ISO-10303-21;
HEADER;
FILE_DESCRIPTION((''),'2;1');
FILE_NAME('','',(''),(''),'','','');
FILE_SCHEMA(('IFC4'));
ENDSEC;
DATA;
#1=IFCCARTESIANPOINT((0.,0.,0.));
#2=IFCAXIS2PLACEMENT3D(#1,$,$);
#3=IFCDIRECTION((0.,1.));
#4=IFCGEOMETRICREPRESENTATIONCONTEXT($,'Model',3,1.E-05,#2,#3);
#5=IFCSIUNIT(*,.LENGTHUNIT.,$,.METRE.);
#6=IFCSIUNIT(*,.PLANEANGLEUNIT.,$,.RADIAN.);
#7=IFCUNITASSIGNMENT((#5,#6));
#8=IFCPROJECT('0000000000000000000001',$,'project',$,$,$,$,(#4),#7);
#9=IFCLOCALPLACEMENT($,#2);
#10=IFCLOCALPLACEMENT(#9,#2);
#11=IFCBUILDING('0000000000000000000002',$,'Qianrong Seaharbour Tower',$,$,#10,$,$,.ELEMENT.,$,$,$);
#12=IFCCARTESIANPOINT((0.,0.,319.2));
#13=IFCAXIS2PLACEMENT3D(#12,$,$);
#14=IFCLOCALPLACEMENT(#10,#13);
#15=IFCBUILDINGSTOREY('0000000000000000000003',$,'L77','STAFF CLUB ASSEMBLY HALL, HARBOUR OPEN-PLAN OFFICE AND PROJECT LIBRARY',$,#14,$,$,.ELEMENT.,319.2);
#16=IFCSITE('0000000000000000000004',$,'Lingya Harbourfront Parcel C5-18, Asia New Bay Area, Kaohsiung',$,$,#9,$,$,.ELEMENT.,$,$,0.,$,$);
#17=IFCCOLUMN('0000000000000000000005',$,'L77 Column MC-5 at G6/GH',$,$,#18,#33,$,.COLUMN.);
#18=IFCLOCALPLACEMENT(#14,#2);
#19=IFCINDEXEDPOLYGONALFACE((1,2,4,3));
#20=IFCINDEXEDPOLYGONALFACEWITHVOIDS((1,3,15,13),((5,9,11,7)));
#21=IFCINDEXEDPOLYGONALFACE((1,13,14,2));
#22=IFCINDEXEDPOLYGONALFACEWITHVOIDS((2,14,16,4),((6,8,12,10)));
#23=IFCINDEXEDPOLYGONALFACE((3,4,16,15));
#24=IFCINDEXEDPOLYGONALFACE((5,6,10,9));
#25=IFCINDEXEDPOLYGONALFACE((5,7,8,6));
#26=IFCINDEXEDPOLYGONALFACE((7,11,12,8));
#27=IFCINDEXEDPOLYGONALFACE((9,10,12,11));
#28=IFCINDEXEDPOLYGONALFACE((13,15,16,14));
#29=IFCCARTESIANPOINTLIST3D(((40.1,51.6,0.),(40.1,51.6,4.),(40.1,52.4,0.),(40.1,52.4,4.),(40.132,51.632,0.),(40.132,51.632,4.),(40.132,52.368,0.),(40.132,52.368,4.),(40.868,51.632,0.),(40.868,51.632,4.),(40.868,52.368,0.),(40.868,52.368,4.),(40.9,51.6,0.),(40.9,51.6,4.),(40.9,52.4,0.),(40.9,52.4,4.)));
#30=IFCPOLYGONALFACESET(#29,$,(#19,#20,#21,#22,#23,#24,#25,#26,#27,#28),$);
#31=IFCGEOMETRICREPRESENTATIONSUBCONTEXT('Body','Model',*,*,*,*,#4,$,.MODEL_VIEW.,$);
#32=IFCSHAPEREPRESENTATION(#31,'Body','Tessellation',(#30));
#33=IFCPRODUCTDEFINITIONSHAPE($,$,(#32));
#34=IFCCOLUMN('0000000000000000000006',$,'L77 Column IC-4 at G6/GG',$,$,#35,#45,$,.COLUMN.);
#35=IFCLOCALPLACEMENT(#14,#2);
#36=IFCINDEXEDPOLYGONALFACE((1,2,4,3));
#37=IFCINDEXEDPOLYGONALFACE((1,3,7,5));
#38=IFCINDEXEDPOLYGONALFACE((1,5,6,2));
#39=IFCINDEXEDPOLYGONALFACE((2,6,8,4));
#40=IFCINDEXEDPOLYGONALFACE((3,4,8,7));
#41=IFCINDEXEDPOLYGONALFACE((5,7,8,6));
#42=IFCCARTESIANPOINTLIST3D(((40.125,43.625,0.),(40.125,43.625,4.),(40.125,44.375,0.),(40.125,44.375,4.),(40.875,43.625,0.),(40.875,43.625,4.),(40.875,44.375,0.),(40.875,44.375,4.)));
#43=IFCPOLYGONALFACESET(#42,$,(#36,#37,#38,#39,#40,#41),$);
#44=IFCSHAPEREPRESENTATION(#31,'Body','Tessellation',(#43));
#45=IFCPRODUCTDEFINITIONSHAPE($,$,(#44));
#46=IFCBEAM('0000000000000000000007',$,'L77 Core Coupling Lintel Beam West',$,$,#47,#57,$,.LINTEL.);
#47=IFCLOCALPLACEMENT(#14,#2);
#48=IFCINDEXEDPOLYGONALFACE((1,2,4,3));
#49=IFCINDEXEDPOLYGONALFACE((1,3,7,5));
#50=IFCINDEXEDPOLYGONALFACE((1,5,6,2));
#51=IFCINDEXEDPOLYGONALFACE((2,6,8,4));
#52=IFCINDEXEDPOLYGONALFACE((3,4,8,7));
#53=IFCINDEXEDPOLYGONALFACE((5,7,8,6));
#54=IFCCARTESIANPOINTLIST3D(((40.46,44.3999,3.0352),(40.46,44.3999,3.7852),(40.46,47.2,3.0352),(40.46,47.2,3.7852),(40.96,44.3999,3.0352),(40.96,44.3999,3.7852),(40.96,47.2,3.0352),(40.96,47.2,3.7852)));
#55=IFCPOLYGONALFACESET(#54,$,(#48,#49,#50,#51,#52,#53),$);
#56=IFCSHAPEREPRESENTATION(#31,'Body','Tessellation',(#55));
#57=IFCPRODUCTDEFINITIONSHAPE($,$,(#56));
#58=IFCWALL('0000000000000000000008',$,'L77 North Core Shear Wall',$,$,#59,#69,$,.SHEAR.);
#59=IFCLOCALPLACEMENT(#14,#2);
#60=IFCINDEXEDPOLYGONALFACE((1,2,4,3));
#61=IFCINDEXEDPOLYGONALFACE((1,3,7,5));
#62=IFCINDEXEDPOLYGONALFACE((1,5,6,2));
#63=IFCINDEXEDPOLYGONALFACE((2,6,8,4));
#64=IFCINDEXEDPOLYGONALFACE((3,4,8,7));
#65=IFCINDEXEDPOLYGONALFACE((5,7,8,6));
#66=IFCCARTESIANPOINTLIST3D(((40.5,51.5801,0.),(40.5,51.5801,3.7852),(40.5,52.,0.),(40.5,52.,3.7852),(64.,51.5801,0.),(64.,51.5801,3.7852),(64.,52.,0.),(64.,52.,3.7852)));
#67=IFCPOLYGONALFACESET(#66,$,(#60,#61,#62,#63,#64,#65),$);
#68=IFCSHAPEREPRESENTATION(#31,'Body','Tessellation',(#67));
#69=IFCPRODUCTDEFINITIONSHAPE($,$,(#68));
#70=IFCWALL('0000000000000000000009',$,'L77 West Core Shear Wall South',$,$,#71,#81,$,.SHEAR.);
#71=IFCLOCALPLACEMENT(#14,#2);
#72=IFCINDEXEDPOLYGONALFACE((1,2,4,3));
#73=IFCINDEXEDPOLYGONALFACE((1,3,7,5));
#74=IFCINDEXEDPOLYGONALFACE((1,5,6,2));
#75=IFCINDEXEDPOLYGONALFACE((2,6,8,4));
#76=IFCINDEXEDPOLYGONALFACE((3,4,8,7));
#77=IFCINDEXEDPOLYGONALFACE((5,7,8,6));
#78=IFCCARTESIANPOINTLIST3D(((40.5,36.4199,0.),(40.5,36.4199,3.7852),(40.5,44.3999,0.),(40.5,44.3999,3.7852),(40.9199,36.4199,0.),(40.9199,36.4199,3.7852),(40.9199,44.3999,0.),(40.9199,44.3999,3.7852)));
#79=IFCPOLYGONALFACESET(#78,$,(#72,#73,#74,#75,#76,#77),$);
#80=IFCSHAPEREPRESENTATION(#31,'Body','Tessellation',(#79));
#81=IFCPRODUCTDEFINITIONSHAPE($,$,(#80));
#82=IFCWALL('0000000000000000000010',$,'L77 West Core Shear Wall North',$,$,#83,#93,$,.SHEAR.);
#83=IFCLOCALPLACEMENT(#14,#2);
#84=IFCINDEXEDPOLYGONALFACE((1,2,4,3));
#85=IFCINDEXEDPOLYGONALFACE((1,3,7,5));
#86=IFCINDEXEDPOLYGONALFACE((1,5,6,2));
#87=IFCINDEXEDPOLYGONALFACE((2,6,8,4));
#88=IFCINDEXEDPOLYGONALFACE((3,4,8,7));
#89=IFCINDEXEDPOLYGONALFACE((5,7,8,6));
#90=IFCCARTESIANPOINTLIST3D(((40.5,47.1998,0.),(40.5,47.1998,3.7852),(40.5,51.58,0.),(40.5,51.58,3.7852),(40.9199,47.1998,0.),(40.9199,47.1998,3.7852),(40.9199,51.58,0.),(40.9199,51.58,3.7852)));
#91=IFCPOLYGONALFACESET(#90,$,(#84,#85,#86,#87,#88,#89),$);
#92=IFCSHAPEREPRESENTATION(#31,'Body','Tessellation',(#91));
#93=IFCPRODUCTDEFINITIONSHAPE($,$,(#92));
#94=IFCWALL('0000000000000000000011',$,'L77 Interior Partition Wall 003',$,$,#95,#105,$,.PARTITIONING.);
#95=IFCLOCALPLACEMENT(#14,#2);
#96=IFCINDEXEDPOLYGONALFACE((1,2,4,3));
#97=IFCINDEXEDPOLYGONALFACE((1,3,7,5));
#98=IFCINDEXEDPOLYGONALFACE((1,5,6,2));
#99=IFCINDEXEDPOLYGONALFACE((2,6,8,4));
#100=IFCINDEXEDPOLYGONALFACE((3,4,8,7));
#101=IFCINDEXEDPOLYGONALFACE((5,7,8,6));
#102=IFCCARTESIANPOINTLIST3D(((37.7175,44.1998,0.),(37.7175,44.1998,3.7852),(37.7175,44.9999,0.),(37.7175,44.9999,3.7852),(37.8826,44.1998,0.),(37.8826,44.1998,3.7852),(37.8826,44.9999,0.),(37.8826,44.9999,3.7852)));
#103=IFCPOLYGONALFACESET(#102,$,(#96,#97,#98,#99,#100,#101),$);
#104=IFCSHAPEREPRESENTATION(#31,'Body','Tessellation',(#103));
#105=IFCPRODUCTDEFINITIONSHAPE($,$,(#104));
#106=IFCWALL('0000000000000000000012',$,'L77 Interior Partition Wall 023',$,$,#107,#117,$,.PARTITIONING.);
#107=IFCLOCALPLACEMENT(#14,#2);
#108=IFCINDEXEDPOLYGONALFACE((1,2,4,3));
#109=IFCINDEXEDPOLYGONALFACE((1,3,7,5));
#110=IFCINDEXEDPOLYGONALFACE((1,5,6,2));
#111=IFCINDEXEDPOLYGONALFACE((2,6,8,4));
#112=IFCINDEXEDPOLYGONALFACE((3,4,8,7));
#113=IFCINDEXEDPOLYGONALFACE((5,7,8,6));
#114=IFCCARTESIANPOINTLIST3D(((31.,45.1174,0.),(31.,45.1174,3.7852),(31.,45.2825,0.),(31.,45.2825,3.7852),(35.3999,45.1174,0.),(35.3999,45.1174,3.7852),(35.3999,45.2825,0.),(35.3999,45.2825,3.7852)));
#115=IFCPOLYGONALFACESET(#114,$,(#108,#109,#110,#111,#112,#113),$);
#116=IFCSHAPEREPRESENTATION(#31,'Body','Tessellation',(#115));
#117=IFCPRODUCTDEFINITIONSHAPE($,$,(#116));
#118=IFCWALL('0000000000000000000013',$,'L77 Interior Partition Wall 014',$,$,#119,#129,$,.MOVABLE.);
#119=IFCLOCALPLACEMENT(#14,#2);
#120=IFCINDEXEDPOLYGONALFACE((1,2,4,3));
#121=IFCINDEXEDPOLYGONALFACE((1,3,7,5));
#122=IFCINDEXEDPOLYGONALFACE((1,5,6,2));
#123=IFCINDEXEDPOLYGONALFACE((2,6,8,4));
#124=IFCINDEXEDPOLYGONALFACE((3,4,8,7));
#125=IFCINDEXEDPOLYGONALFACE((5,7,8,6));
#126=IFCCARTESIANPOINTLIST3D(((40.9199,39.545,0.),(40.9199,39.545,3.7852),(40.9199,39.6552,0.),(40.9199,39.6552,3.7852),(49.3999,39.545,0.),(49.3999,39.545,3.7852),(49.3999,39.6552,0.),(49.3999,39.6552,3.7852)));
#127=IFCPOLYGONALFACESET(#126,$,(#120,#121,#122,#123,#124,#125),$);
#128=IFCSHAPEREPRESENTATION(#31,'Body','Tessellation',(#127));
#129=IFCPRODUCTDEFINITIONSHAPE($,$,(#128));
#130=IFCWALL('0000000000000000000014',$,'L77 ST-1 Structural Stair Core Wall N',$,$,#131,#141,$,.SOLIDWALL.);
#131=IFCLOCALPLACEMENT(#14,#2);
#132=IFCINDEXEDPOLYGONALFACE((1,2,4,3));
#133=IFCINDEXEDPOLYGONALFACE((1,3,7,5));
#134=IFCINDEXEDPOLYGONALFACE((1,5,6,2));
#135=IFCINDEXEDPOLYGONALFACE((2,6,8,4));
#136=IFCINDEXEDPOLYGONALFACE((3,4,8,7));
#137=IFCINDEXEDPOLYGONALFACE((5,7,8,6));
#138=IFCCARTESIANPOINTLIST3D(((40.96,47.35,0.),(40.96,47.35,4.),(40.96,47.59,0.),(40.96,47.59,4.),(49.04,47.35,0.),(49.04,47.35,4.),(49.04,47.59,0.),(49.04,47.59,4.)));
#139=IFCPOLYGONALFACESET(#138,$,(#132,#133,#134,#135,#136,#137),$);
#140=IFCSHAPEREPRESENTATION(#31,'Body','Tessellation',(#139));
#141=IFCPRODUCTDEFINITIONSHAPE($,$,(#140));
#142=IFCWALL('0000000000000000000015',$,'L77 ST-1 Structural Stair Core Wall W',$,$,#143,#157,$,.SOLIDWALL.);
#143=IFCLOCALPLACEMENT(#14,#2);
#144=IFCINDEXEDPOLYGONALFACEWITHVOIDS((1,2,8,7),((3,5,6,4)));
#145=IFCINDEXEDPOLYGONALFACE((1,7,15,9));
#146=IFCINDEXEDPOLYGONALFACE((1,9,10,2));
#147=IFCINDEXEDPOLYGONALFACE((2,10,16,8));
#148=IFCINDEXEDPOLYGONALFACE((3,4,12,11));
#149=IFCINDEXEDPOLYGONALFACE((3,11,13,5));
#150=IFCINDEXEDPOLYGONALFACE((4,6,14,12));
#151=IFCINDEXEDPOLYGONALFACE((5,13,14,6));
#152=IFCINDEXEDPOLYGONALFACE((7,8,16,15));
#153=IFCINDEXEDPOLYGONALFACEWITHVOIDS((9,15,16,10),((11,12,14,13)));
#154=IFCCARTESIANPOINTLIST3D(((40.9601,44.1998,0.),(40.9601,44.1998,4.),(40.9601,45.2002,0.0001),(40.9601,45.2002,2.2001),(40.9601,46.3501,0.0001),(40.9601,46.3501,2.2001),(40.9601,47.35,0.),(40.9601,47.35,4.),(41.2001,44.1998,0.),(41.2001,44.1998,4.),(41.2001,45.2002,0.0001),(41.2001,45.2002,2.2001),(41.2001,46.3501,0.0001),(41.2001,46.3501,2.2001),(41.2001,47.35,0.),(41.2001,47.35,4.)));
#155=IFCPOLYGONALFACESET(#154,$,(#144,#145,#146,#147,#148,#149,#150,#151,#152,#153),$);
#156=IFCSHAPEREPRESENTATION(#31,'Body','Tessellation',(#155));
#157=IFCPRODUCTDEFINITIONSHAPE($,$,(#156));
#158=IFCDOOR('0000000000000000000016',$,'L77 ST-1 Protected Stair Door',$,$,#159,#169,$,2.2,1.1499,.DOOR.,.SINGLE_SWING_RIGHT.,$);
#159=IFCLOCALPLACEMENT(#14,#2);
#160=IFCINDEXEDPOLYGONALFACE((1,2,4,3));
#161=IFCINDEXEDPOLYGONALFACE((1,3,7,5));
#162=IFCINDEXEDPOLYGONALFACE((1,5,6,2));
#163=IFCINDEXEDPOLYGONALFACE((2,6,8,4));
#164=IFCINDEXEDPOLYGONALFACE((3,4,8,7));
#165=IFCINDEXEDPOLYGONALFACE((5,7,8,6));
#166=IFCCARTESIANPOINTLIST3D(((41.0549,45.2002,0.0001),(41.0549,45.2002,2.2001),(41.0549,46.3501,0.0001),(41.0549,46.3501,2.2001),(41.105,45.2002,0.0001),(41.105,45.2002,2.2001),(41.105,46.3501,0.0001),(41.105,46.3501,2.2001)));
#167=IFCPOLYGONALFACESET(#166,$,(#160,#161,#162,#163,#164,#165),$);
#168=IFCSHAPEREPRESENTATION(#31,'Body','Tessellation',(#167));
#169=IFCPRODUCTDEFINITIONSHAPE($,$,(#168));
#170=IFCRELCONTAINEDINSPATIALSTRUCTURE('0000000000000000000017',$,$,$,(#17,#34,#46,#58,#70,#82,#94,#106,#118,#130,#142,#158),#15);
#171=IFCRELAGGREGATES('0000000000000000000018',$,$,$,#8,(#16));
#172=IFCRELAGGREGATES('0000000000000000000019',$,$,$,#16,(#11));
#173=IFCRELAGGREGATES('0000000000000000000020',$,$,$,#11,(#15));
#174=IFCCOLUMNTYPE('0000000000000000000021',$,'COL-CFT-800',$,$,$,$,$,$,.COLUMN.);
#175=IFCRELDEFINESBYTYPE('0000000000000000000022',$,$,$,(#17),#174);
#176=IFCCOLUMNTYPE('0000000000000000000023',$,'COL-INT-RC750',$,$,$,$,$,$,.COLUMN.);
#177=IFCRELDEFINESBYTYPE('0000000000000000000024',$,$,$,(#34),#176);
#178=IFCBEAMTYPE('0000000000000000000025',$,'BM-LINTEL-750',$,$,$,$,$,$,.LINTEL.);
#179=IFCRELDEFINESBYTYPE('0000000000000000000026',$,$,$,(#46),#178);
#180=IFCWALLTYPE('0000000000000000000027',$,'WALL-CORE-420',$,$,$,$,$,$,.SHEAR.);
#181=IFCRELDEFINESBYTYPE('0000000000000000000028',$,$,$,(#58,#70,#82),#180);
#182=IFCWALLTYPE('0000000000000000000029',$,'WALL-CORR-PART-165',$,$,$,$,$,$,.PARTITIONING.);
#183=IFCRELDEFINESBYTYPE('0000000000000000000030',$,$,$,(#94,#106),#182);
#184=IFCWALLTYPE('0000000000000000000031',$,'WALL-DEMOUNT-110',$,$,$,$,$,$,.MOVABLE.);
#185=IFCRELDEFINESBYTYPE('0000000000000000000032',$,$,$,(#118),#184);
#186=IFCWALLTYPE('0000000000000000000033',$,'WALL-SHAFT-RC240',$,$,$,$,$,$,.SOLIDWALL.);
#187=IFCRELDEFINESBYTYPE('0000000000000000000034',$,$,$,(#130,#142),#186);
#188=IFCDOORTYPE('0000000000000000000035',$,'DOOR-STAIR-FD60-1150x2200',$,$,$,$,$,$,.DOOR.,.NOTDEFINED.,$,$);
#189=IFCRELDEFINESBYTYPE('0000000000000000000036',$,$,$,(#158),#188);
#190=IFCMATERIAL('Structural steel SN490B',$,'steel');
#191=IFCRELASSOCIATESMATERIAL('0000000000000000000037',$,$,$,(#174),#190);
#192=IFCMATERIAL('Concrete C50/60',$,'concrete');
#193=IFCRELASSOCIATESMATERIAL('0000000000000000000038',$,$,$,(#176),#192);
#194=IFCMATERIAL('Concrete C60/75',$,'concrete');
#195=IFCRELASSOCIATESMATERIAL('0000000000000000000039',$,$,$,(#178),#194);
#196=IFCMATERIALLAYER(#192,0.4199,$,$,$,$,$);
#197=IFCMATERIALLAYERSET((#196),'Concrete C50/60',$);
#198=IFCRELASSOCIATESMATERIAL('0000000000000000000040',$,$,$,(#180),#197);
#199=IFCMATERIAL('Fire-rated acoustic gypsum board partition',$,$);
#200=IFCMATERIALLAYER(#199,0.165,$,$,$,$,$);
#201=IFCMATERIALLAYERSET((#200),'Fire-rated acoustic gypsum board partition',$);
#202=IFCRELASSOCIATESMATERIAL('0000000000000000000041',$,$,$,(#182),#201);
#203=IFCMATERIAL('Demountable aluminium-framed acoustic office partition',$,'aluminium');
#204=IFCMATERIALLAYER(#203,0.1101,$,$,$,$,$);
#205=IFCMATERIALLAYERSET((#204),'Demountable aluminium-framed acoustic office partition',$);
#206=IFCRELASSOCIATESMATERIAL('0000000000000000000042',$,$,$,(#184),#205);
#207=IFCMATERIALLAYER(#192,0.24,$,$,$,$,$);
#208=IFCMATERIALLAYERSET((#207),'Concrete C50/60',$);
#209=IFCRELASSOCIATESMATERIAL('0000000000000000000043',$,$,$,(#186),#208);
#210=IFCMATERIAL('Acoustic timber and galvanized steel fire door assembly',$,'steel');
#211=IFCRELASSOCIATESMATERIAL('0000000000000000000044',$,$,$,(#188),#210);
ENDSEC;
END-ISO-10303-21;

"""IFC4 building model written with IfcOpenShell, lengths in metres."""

from ifc_helpers import new_model, si_unit, direction, frame, frame_2d, origin, origin_2d, place, context, subcontext, project, spatial, rectangle, hollow_rectangle, extrude, material, layer, layer_set, material_profile, profile_set, type_object, element, fill, save


model = new_model("IFC4")

# Units and contexts
model_context = context("Model", 3, precision=1e-05, world=origin(), true_north=direction((0.0, 1.0)))
body_context = subcontext(model_context, "Body", "Model", "MODEL_VIEW")
ifc_project = project(units=[si_unit("LENGTHUNIT", "METRE"), si_unit("PLANEANGLEUNIT", "RADIAN")], contexts=[model_context])

# Site, building, storey
site_placement = place(None, origin())
site = spatial("IfcSite", under=ifc_project, at=site_placement, Name="Lingya Harbourfront Parcel C5-18, Asia New Bay Area, Kaohsiung", CompositionType="ELEMENT", RefElevation=0.0)
building_placement = place(site_placement, origin())
building = spatial("IfcBuilding", under=site, at=building_placement, Name="Qianrong Seaharbour Tower", CompositionType="ELEMENT")
storey_placement = place(building_placement, frame((0.0, 0.0, 319.2)))
storey = spatial("IfcBuildingStorey", under=building, at=storey_placement, Name="L77", Description="STAFF CLUB ASSEMBLY HALL, HARBOUR OPEN-PLAN OFFICE AND PROJECT LIBRARY", CompositionType="ELEMENT", Elevation=319.2)

# Columns
ifc_material_1 = material(Name="Structural steel SN490B", Category="steel")
ifc_material_profile_1 = material_profile(ifc_material_1, hollow_rectangle(XDim=0.8, YDim=0.8, WallThickness=0.032, at=origin_2d()), Name="BOX800x800x32")
ifc_profile_set_1 = profile_set([ifc_material_profile_1], Name="Structural steel SN490B")
column_type_1 = type_object("IfcColumnType", Name="COL-CFT-800", PredefinedType="COLUMN", material=ifc_profile_set_1)
column_1_placement = place(storey_placement, frame((40.5, 52.0, 0.0), z_axis=(0.0, 0.0, 1.0), x_axis=(1.0, 0.0, 0.0)))
element("IfcColumn", 1, at=column_1_placement, inside=storey, type_object=column_type_1, Name="L77 Column MC-5 at G6/GH", PredefinedType="COLUMN", context=body_context, shape_type="SweptSolid", body=[
    extrude(hollow_rectangle(XDim=0.8, YDim=0.8, WallThickness=0.032, at=origin_2d()), origin(), (0.0, 0.0, 1.0), 4.0),
])
ifc_material_2 = material(Name="Concrete C50/60", Category="concrete")
ifc_material_profile_2 = material_profile(ifc_material_2, rectangle(XDim=0.75, YDim=0.75, at=origin_2d()), Name="RC750x750")
ifc_profile_set_2 = profile_set([ifc_material_profile_2], Name="Concrete C50/60")
column_type_2 = type_object("IfcColumnType", Name="COL-INT-RC750", PredefinedType="COLUMN", material=ifc_profile_set_2)
column_2_placement = place(storey_placement, frame((40.5, 44.0, 0.0), z_axis=(0.0, 0.0, 1.0), x_axis=(1.0, 0.0, 0.0)))
element("IfcColumn", 2, at=column_2_placement, inside=storey, type_object=column_type_2, Name="L77 Column IC-4 at G6/GG", PredefinedType="COLUMN", context=body_context, shape_type="SweptSolid", body=[
    extrude(rectangle(XDim=0.75, YDim=0.75, at=origin_2d()), origin(), (0.0, 0.0, 1.0), 4.0),
])

# Beam
ifc_material_3 = material(Name="Concrete C60/75", Category="concrete")
ifc_material_profile_3 = material_profile(ifc_material_3, rectangle(XDim=0.5, YDim=0.75, at=origin_2d()), Name="RC500x750")
ifc_profile_set_3 = profile_set([ifc_material_profile_3], Name="Concrete C60/75")
beam_type = type_object("IfcBeamType", Name="BM-LINTEL-750", PredefinedType="LINTEL", material=ifc_profile_set_3)
beam_placement = place(storey_placement, frame((40.71, 44.3999, 3.4102), z_axis=(0.0, 1.0, 0.0), x_axis=(-1.0, 0.0, 0.0)))
element("IfcBeam", 3, at=beam_placement, inside=storey, type_object=beam_type, Name="L77 Core Coupling Lintel Beam West", PredefinedType="LINTEL", context=body_context, shape_type="SweptSolid", body=[
    extrude(rectangle(XDim=0.5, YDim=0.75, at=origin_2d()), origin(), (0.0, 0.0, 1.0), 2.8),
])

# Walls
ifc_layer_1 = layer(ifc_material_2, 0.4199)
ifc_layer_set_1 = layer_set([ifc_layer_1], Name="Concrete C50/60")
wall_type_1 = type_object("IfcWallType", Name="WALL-CORE-420", PredefinedType="SHEAR", material=ifc_layer_set_1)
wall_1_placement = place(storey_placement, frame((40.5, 51.79, 0.0), z_axis=(0.0, 0.0, 1.0), x_axis=(1.0, 0.0, 0.0)))
element("IfcWall", 4, at=wall_1_placement, inside=storey, type_object=wall_type_1, Name="L77 North Core Shear Wall", PredefinedType="SHEAR", context=body_context, shape_type="SweptSolid", body=[
    extrude(rectangle(XDim=23.5, YDim=0.4199, at=frame_2d((11.75, 0.0))), origin(), (0.0, 0.0, 1.0), 3.7852),
])
wall_2_placement = place(storey_placement, frame((40.71, 36.4199, 0.0), z_axis=(0.0, 0.0, 1.0), x_axis=(0.0, 1.0, 0.0)))
element("IfcWall", 5, at=wall_2_placement, inside=storey, type_object=wall_type_1, Name="L77 West Core Shear Wall South", PredefinedType="SHEAR", context=body_context, shape_type="SweptSolid", body=[
    extrude(rectangle(XDim=7.98, YDim=0.4199, at=frame_2d((3.99, 0.0))), origin(), (0.0, 0.0, 1.0), 3.7852),
])
wall_3_placement = place(storey_placement, frame((40.71, 47.2, 0.0), z_axis=(0.0, 0.0, 1.0), x_axis=(0.0, 1.0, 0.0)))
element("IfcWall", 6, at=wall_3_placement, inside=storey, type_object=wall_type_1, Name="L77 West Core Shear Wall North", PredefinedType="SHEAR", context=body_context, shape_type="SweptSolid", body=[
    extrude(rectangle(XDim=4.3801, YDim=0.4199, at=frame_2d((2.1899, 0.0))), origin(), (0.0, 0.0, 1.0), 3.7852),
])

# Shared definitions
ifc_material_4 = material(Name="Fire-rated acoustic gypsum board partition")
ifc_layer_2 = layer(ifc_material_4, 0.165)
ifc_layer_set_2 = layer_set([ifc_layer_2], Name="Fire-rated acoustic gypsum board partition")
wall_type_2 = type_object("IfcWallType", Name="WALL-CORR-PART-165", PredefinedType="PARTITIONING", material=ifc_layer_set_2)
ifc_material_5 = material(Name="Acoustic timber and galvanized steel fire door assembly", Category="steel")

# Walls
wall_4_placement = place(storey_placement, frame((37.8, 44.2, 0.0), z_axis=(0.0, 0.0, 1.0), x_axis=(0.0, 1.0, 0.0)))
element("IfcWall", 7, at=wall_4_placement, inside=storey, type_object=wall_type_2, Name="L77 Interior Partition Wall 003", PredefinedType="PARTITIONING", context=body_context, shape_type="SweptSolid", body=[
    extrude(rectangle(XDim=0.8, YDim=0.165, at=frame_2d((0.3999, 0.0))), origin(), (0.0, 0.0, 1.0), 3.7852),
])
wall_5_placement = place(storey_placement, frame((35.3999, 45.2, 0.0), z_axis=(0.0, 0.0, 1.0), x_axis=(-1.0, 0.0, 0.0)))
element("IfcWall", 8, at=wall_5_placement, inside=storey, type_object=wall_type_2, Name="L77 Interior Partition Wall 023", PredefinedType="PARTITIONING", context=body_context, shape_type="SweptSolid", body=[
    extrude(rectangle(XDim=4.3999, YDim=0.165, at=frame_2d((2.2, 0.0))), origin(), (0.0, 0.0, 1.0), 3.7852),
])
ifc_material_6 = material(Name="Demountable aluminium-framed acoustic office partition", Category="aluminium")
ifc_layer_3 = layer(ifc_material_6, 0.1101)
ifc_layer_set_3 = layer_set([ifc_layer_3], Name="Demountable aluminium-framed acoustic office partition")
wall_type_3 = type_object("IfcWallType", Name="WALL-DEMOUNT-110", PredefinedType="MOVABLE", material=ifc_layer_set_3)
wall_6_placement = place(storey_placement, frame((40.9199, 39.6001, 0.0), z_axis=(0.0, 0.0, 1.0), x_axis=(1.0, 0.0, 0.0)))
element("IfcWall", 9, at=wall_6_placement, inside=storey, type_object=wall_type_3, Name="L77 Interior Partition Wall 014", PredefinedType="MOVABLE", context=body_context, shape_type="SweptSolid", body=[
    extrude(rectangle(XDim=8.48, YDim=0.1101, at=frame_2d((4.24, 0.0))), origin(), (0.0, 0.0, 1.0), 3.7852),
])
ifc_layer_4 = layer(ifc_material_2, 0.24)
ifc_layer_set_4 = layer_set([ifc_layer_4], Name="Concrete C50/60")
wall_type_4 = type_object("IfcWallType", Name="WALL-SHAFT-RC240", PredefinedType="SOLIDWALL", material=ifc_layer_set_4)
wall_7_placement = place(storey_placement, frame((40.96, 47.47, 0.0), z_axis=(0.0, 0.0, 1.0), x_axis=(1.0, 0.0, 0.0)))
element("IfcWall", 10, at=wall_7_placement, inside=storey, type_object=wall_type_4, Name="L77 ST-1 Structural Stair Core Wall N", PredefinedType="SOLIDWALL", context=body_context, shape_type="SweptSolid", body=[
    extrude(rectangle(XDim=8.0801, YDim=0.24, at=frame_2d((4.04, 0.0))), origin(), (0.0, 0.0, 1.0), 4.0),
])

# Wall, opening, door
wall_8_placement = place(storey_placement, frame((41.0801, 47.3501, 0.0), z_axis=(0.0, 0.0, 1.0), x_axis=(0.0, -1.0, 0.0)))
wall_8 = element("IfcWall", 11, at=wall_8_placement, inside=storey, type_object=wall_type_4, Name="L77 ST-1 Structural Stair Core Wall W", PredefinedType="SOLIDWALL", context=body_context, shape_type="SweptSolid", body=[
    extrude(rectangle(XDim=3.1501, YDim=0.24, at=frame_2d((1.5752, 0.0))), origin(), (0.0, 0.0, 1.0), 4.0),
])
opening_1_placement = place(wall_8_placement, frame((1.0, 0.0, 0.0)))
opening_1 = element("IfcOpeningElement", 12, at=opening_1_placement, cuts=wall_8, PredefinedType="OPENING", context=body_context, shape_type="SweptSolid", body=[
    extrude(rectangle(XDim=1.1499, YDim=2.2, at=frame_2d((0.575, 1.1001))), frame((0.0, 0.1299, 0.0), z_axis=(0.0, -1.0, 0.0), x_axis=(1.0, 0.0, 0.0)), (0.0, 0.0, 1.0), 0.26),
])
door_type_1 = type_object("IfcDoorType", Name="DOOR-STAIR-FD60-1150x2200", OperationType="NOTDEFINED", PredefinedType="DOOR", material=ifc_material_5)
door_1_placement = place(opening_1_placement, origin())
door_1 = element("IfcDoor", 13, at=door_1_placement, inside=storey, type_object=door_type_1, Name="L77 ST-1 Protected Stair Door", OperationType="SINGLE_SWING_RIGHT", OverallHeight=2.2, OverallWidth=1.1499, PredefinedType="DOOR", context=body_context, shape_type="SweptSolid", body=[
    extrude(rectangle(XDim=1.1499, YDim=2.2, at=frame_2d((0.575, 1.1001))), frame((0.0, 0.0249, 0.0), z_axis=(0.0, -1.0, 0.0), x_axis=(1.0, 0.0, 0.0)), (0.0, 0.0, 1.0), 0.05),
])
fill(opening_1, door_1)

save(model, "model.ifc")
